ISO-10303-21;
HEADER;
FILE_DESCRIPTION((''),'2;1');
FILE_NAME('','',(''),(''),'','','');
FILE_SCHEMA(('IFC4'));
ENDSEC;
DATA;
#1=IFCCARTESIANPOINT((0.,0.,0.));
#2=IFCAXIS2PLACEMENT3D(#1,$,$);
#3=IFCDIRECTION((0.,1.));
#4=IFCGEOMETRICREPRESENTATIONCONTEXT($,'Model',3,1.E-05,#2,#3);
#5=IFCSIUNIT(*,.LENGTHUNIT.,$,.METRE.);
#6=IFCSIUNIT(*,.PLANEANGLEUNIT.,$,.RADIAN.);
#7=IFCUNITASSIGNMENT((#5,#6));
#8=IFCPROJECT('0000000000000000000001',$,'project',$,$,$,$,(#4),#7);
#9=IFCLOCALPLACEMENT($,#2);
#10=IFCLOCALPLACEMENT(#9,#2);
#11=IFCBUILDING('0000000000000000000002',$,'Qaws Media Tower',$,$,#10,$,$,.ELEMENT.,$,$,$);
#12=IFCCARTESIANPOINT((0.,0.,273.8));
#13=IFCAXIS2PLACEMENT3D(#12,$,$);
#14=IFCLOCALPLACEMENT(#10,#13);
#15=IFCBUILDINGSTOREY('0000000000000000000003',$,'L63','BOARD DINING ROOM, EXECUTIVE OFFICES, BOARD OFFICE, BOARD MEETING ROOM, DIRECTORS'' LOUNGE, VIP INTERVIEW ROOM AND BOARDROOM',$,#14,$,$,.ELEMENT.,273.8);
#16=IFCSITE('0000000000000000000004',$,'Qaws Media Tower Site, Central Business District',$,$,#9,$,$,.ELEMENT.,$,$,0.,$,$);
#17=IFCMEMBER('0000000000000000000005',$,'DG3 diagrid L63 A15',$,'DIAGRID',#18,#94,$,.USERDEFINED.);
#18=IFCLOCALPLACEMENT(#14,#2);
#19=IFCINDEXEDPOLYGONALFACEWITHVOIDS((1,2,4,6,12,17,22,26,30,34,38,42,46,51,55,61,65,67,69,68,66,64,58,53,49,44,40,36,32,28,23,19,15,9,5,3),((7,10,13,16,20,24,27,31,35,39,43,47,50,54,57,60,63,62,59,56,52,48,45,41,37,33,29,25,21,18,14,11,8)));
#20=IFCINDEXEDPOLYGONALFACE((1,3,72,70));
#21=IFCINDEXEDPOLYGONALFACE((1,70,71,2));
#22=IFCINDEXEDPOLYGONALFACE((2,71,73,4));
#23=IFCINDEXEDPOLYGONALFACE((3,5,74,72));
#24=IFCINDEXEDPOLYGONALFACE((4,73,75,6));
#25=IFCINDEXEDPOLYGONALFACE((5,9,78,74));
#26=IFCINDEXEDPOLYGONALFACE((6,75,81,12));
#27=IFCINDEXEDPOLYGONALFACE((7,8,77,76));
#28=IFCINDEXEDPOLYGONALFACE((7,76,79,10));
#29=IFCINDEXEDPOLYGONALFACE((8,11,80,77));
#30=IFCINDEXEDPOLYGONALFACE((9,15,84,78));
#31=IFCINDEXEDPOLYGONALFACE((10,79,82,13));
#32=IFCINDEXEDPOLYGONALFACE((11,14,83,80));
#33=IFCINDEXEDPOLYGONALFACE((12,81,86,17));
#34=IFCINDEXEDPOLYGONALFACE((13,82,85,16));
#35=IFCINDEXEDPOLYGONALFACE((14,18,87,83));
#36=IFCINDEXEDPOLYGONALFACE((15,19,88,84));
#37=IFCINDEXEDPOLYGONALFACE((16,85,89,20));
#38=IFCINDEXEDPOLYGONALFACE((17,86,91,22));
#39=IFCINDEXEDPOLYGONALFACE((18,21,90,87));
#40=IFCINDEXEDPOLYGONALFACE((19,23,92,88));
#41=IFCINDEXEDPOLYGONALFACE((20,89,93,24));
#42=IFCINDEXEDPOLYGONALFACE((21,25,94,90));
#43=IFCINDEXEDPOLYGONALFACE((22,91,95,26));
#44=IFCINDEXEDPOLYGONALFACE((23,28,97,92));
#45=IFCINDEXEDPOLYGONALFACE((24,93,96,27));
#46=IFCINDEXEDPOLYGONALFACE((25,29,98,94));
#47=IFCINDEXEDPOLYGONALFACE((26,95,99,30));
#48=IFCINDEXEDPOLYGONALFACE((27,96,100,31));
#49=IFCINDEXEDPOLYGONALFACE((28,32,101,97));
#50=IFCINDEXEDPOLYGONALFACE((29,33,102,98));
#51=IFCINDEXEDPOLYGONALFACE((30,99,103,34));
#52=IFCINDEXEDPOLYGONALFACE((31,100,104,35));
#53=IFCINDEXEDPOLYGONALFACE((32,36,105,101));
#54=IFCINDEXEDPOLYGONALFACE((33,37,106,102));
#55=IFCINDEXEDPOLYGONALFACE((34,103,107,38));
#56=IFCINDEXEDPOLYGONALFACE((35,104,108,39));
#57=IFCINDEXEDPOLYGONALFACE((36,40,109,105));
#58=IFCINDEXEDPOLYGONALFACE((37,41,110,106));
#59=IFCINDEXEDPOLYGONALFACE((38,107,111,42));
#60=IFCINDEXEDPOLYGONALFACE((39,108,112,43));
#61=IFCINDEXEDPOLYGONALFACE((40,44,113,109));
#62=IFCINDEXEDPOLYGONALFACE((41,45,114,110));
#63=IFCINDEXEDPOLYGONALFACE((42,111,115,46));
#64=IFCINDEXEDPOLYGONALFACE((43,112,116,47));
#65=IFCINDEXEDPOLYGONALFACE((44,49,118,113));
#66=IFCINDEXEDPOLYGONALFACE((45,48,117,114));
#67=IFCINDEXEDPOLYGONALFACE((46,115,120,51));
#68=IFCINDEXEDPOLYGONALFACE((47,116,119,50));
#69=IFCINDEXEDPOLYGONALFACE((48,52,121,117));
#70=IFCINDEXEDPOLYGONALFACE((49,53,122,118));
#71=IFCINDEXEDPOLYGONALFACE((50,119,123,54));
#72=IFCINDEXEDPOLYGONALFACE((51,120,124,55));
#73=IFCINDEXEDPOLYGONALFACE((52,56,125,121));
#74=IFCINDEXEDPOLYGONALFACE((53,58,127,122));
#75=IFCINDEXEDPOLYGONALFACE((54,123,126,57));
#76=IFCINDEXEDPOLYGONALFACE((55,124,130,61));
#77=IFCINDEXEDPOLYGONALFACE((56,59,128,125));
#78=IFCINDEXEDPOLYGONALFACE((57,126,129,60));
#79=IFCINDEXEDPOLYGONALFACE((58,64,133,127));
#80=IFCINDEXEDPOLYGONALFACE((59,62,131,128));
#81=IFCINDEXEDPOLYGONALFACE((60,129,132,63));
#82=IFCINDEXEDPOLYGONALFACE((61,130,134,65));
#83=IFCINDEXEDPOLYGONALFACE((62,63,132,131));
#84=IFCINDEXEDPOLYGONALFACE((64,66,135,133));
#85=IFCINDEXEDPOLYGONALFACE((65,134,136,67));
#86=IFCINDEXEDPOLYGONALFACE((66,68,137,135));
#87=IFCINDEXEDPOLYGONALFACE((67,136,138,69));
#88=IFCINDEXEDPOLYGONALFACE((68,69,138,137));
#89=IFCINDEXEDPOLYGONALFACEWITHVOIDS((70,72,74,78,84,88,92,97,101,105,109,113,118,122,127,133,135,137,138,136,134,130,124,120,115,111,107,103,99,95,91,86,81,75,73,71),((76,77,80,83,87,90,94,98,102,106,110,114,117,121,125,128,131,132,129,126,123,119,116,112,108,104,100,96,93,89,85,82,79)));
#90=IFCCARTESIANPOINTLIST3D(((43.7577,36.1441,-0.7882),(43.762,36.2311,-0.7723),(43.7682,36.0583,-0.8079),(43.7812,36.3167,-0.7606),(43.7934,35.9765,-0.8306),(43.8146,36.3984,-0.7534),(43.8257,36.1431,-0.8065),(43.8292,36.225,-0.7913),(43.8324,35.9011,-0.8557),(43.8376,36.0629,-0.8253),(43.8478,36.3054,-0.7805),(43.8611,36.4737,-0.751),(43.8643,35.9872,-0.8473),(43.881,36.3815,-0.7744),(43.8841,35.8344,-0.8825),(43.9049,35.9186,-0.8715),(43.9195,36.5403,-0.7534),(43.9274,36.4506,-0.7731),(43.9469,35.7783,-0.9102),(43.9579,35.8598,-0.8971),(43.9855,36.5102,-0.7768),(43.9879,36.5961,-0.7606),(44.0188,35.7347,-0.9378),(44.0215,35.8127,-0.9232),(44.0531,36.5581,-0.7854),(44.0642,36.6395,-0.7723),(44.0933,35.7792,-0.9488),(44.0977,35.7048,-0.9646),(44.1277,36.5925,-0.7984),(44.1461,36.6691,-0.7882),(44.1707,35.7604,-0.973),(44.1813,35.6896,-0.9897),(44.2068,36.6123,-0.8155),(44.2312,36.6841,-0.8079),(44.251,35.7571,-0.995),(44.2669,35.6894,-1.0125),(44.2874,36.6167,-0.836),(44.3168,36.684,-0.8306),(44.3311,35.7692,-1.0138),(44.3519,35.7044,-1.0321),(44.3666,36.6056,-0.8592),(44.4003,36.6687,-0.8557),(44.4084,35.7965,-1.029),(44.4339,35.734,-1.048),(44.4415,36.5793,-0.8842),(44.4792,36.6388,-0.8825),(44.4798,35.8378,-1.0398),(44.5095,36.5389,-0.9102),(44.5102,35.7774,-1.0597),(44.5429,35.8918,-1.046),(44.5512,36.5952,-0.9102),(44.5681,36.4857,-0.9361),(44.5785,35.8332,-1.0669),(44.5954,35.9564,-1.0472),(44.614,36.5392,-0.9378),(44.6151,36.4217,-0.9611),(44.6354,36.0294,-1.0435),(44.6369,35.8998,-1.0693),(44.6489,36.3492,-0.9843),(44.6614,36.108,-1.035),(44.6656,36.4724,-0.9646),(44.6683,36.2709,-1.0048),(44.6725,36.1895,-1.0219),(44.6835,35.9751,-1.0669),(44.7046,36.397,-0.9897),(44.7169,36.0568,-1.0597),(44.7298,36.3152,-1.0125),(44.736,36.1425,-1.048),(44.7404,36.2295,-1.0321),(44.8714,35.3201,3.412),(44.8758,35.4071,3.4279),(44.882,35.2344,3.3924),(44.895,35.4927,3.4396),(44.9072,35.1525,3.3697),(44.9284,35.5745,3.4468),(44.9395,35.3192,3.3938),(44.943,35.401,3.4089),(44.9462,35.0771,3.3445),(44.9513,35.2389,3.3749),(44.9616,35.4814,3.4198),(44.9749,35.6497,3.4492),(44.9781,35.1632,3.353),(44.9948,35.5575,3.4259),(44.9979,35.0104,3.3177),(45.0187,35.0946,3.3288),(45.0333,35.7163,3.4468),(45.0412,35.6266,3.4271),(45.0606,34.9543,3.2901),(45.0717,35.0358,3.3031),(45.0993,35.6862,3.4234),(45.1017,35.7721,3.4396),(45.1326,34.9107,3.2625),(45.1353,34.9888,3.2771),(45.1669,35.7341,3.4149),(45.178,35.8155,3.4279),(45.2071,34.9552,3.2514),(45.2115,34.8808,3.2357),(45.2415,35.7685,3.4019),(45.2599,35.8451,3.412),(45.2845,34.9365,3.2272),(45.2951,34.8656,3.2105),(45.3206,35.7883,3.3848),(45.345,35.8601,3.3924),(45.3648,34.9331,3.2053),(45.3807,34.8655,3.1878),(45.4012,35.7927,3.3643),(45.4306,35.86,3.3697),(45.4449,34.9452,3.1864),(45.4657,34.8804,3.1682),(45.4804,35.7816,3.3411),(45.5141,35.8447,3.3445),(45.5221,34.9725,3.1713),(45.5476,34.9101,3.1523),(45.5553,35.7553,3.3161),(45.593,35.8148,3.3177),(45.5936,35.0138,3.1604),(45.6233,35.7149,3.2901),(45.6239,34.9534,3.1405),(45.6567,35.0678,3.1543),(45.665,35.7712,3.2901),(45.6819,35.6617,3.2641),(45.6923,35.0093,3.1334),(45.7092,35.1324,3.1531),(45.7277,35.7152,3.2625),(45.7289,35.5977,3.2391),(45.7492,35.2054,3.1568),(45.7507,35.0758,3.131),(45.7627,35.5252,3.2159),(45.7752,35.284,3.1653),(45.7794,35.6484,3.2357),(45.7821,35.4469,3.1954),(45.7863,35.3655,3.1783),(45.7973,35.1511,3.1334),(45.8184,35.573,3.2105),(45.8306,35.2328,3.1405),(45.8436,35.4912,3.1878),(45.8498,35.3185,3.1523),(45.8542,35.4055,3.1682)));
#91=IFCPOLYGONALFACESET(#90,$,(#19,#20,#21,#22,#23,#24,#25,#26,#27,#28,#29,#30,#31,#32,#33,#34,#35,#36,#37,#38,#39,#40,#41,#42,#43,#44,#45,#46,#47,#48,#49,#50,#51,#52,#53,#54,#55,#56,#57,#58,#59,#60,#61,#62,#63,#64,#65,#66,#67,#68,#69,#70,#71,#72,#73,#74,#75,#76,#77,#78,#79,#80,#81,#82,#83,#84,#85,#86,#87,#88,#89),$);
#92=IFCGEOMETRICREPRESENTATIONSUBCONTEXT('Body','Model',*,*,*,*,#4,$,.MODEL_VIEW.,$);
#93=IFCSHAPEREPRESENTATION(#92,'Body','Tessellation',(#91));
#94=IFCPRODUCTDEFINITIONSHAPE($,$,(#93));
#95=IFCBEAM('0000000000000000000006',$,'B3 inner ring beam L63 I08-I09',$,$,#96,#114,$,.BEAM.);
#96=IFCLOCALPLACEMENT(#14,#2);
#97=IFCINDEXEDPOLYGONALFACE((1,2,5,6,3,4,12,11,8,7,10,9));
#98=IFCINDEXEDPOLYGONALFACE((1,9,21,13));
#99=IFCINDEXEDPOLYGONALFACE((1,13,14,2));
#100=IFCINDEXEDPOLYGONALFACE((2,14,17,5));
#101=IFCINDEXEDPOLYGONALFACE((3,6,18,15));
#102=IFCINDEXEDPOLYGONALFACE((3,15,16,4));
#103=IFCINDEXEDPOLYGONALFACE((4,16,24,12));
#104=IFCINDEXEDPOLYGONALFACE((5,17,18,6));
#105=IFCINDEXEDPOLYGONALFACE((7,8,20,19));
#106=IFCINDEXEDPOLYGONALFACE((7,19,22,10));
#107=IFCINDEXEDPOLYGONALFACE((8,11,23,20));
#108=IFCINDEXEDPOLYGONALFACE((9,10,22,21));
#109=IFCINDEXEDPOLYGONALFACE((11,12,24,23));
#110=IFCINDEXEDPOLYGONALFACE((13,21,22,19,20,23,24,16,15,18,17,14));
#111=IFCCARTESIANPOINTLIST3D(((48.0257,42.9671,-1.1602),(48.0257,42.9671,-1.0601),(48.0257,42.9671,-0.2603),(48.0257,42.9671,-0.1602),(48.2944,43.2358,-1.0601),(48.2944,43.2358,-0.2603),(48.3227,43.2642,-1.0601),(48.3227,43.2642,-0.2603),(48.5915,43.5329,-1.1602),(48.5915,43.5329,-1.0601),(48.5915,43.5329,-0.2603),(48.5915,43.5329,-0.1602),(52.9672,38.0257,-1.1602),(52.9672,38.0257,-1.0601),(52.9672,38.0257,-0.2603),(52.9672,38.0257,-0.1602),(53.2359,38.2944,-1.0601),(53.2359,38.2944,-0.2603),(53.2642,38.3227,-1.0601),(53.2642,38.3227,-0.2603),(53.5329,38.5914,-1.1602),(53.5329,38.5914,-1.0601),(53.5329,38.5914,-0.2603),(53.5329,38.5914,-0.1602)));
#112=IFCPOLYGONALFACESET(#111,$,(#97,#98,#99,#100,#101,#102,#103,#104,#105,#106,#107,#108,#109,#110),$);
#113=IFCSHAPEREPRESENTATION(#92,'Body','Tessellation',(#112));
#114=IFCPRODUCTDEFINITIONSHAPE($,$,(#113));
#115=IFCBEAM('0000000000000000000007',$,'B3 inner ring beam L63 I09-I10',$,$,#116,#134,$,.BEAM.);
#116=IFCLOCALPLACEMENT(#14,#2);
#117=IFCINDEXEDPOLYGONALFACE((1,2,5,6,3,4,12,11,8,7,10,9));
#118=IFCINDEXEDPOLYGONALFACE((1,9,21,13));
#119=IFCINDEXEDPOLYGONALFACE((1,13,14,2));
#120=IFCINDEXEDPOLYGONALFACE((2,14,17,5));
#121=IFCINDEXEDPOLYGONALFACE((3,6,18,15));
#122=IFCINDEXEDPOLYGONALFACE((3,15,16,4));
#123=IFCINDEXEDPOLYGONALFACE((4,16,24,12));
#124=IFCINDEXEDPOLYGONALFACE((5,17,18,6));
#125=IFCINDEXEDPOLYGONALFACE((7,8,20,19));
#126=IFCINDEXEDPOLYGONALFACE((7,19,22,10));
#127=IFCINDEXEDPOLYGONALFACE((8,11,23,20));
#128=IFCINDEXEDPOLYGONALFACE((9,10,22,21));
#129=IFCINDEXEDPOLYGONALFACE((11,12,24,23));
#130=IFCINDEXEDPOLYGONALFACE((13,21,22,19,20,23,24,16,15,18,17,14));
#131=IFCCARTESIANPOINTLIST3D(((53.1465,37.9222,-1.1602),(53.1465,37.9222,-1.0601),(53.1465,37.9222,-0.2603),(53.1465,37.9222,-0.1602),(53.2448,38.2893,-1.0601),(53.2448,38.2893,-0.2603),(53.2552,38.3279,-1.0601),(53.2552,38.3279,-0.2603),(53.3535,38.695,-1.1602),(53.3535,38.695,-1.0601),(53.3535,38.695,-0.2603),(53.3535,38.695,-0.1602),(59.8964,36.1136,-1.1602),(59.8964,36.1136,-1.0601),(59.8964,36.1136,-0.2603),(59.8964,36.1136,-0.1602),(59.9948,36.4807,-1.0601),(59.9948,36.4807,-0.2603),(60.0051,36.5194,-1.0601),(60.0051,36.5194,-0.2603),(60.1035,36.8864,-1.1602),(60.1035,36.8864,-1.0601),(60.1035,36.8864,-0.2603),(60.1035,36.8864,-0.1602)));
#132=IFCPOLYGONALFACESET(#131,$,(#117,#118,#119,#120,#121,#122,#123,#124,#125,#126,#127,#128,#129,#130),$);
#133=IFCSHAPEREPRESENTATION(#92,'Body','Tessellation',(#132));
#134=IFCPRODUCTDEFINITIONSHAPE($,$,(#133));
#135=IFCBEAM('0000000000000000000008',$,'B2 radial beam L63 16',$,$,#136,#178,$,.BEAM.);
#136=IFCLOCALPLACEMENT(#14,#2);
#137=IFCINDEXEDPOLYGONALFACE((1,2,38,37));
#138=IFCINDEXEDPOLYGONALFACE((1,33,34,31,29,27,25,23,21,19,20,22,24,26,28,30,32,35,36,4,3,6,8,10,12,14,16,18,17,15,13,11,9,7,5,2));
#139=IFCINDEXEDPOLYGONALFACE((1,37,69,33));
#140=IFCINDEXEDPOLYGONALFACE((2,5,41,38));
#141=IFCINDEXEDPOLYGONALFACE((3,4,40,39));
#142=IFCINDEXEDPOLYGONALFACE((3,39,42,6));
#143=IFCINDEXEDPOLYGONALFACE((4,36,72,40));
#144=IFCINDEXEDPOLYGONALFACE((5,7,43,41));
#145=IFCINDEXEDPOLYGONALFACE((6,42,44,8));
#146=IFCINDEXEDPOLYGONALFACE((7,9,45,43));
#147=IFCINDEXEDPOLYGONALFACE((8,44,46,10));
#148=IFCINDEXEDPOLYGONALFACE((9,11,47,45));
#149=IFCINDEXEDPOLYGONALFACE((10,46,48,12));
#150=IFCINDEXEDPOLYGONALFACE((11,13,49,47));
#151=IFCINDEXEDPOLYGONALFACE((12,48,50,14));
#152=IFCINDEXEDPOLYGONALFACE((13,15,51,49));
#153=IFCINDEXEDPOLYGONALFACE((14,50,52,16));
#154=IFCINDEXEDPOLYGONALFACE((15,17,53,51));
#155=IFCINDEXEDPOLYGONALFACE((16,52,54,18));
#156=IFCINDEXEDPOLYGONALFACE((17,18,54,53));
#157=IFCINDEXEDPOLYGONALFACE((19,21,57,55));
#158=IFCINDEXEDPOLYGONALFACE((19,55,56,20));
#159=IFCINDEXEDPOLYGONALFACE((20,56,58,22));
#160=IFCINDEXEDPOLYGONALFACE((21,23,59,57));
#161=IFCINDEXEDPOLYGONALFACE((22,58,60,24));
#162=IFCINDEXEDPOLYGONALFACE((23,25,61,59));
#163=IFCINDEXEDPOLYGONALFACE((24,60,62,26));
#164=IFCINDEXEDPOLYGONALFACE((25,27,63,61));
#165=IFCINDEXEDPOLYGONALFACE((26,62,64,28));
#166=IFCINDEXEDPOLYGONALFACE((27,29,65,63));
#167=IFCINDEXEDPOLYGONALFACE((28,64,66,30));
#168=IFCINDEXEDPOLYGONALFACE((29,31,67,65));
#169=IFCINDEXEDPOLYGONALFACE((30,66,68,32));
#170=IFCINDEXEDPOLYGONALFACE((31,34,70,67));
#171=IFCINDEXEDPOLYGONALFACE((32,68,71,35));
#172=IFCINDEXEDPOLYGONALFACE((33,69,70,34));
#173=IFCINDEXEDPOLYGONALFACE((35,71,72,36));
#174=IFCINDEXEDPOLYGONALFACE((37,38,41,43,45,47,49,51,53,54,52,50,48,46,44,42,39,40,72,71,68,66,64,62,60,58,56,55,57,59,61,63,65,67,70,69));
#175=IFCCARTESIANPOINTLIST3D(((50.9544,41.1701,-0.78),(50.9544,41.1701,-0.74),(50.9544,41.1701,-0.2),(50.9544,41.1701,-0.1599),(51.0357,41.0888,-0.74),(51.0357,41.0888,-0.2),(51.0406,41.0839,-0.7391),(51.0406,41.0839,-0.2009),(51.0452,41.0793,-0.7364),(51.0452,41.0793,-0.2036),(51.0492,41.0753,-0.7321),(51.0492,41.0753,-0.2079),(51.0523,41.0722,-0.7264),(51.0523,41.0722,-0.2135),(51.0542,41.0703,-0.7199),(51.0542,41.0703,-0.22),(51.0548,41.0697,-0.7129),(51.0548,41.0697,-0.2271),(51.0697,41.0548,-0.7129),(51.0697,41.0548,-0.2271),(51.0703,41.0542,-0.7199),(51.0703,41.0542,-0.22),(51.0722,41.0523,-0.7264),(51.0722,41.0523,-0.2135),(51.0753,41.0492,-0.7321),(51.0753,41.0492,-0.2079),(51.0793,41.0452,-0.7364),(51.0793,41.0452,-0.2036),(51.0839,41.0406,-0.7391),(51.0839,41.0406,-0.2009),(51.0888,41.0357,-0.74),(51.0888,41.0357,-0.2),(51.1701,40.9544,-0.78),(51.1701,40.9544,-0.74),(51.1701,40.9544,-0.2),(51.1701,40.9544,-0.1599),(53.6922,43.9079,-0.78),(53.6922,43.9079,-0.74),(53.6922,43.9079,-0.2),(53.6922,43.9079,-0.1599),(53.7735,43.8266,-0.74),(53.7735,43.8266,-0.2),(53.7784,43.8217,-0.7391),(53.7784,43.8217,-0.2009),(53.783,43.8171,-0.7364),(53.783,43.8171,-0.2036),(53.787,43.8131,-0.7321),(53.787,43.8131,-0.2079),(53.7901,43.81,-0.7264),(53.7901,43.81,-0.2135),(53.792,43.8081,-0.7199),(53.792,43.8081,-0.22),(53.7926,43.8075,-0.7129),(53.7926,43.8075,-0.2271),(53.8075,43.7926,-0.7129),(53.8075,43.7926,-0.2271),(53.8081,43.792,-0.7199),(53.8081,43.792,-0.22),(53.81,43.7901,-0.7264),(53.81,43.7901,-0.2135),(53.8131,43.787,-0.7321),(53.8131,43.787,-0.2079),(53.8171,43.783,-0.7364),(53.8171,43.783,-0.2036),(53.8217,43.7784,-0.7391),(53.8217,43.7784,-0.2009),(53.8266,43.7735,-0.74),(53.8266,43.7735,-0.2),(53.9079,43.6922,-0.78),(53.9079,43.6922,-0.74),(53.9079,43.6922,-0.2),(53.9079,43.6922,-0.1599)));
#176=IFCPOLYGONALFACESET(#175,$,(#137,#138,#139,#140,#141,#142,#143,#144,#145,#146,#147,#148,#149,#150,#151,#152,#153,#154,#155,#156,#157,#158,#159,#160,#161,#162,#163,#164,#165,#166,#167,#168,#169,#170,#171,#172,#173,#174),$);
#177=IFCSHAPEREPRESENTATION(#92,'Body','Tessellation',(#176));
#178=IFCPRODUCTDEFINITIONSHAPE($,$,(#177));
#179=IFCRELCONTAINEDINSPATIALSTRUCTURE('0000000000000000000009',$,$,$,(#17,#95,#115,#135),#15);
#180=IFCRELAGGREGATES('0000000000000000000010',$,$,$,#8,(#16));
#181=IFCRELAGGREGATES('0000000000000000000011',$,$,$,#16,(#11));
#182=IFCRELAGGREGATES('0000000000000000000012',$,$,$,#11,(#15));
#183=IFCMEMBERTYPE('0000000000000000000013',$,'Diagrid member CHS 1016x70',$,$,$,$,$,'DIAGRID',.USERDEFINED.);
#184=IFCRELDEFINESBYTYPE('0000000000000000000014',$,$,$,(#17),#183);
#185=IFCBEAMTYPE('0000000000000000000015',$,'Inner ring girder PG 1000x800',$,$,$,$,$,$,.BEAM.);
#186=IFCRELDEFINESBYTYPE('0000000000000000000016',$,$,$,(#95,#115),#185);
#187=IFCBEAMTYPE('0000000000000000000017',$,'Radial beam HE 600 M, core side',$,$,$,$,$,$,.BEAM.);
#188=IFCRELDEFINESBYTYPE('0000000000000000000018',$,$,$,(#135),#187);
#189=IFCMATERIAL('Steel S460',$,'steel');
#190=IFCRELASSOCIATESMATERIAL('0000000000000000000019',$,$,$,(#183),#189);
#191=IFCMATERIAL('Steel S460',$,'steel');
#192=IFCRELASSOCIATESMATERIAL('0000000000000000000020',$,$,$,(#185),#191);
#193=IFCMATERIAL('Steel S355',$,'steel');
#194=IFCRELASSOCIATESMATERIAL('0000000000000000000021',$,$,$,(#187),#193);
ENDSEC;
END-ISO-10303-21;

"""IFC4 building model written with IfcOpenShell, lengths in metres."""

from ifc_helpers import new_model, si_unit, direction, frame, origin, origin_2d, place, context, subcontext, project, spatial, hollow_circle, i_section, extrude, material, material_profile, profile_set, type_object, element, save


model = new_model("IFC4")

# Units and contexts
model_context = context("Model", 3, precision=1e-05, world=origin(), true_north=direction((0.0, 1.0)))
body_context = subcontext(model_context, "Body", "Model", "MODEL_VIEW")
ifc_project = project(units=[si_unit("LENGTHUNIT", "METRE"), si_unit("PLANEANGLEUNIT", "RADIAN")], contexts=[model_context])

# Site, building, storey
site_placement = place(None, origin())
site = spatial("IfcSite", under=ifc_project, at=site_placement, Name="Qaws Media Tower Site, Central Business District", CompositionType="ELEMENT", RefElevation=0.0)
building_placement = place(site_placement, origin())
building = spatial("IfcBuilding", under=site, at=building_placement, Name="Qaws Media Tower", CompositionType="ELEMENT")
storey_placement = place(building_placement, frame((0.0, 0.0, 273.8)))
storey = spatial("IfcBuildingStorey", under=building, at=storey_placement, Name="L63", Description="BOARD DINING ROOM, EXECUTIVE OFFICES, BOARD OFFICE, BOARD MEETING ROOM, DIRECTORS' LOUNGE, VIP INTERVIEW ROOM AND BOARDROOM", CompositionType="ELEMENT", Elevation=273.8)

# Member
ifc_material_1 = material(Name="Steel S460", Category="steel")
ifc_material_profile_1 = material_profile(ifc_material_1, hollow_circle(Radius=0.5081, WallThickness=0.0701, at=origin_2d()), Name="CHS 1016x70")
ifc_profile_set_1 = profile_set([ifc_material_profile_1], Name="Steel S460")
member_type_1 = type_object("IfcMemberType", Name="Diagrid member CHS 1016x70", ElementType="DIAGRID", PredefinedType="USERDEFINED", material=ifc_profile_set_1)
member_1_placement = place(storey_placement, frame((44.249, 36.1868, -0.9102), z_axis=(0.251825, -0.186302, 0.949671), x_axis=(0.594743, 0.803916, 0.0)))
element("IfcMember", 1, at=member_1_placement, inside=storey, type_object=member_type_1, Name="DG3 diagrid L63 A15", ObjectType="DIAGRID", PredefinedType="USERDEFINED", context=body_context, shape_type="SweptSolid", body=[
    extrude(hollow_circle(Radius=0.5081, WallThickness=0.0701, at=origin_2d()), origin(), (0.0, 0.0, 1.0), 4.4229),
])

# Beams
ifc_material_2 = material(Name="Steel S460", Category="steel")
ifc_material_profile_2 = material_profile(ifc_material_2, i_section(OverallWidth=0.8, OverallDepth=1.0, WebThickness=0.04, FlangeThickness=0.1001, at=origin_2d()), Name="PG 1000x800")
ifc_profile_set_2 = profile_set([ifc_material_profile_2], Name="Steel S460")
beam_type_1 = type_object("IfcBeamType", Name="Inner ring girder PG 1000x800", PredefinedType="BEAM", material=ifc_profile_set_2)
beam_1_placement = place(storey_placement, frame((48.3086, 43.25, -0.6602), z_axis=(0.707107, -0.707107, 0.0), x_axis=(0.707107, 0.707107, 0.0)))
element("IfcBeam", 2, at=beam_1_placement, inside=storey, type_object=beam_type_1, Name="B3 inner ring beam L63 I08-I09", PredefinedType="BEAM", context=body_context, shape_type="SweptSolid", body=[
    extrude(i_section(OverallWidth=0.8, OverallDepth=1.0, WebThickness=0.04, FlangeThickness=0.1001, at=origin_2d()), origin(), (0.0, 0.0, 1.0), 6.9883),
])
beam_2_placement = place(storey_placement, frame((53.25, 38.3086, -0.6602), z_axis=(0.965928, -0.258811, 0.0), x_axis=(0.258811, 0.965928, 0.0)))
element("IfcBeam", 3, at=beam_2_placement, inside=storey, type_object=beam_type_1, Name="B3 inner ring beam L63 I09-I10", PredefinedType="BEAM", context=body_context, shape_type="SweptSolid", body=[
    extrude(i_section(OverallWidth=0.8, OverallDepth=1.0, WebThickness=0.04, FlangeThickness=0.1001, at=origin_2d()), origin(), (0.0, 0.0, 1.0), 6.988),
])
ifc_material_3 = material(Name="Steel S355", Category="steel")
ifc_material_profile_3 = material_profile(ifc_material_3, i_section(OverallWidth=0.3049, OverallDepth=0.6201, WebThickness=0.021, FlangeThickness=0.04, FilletRadius=0.0271, at=origin_2d()), Name="HE 600 M")
ifc_profile_set_3 = profile_set([ifc_material_profile_3], Name="Steel S355")
beam_type_2 = type_object("IfcBeamType", Name="Radial beam HE 600 M, core side", PredefinedType="BEAM", material=ifc_profile_set_3)
beam_3_placement = place(storey_placement, frame((53.8, 43.8, -0.47), z_axis=(-0.707107, -0.707107, 0.0), x_axis=(0.707107, -0.707107, 0.0)))
element("IfcBeam", 4, at=beam_3_placement, inside=storey, type_object=beam_type_2, Name="B2 radial beam L63 16", PredefinedType="BEAM", context=body_context, shape_type="SweptSolid", body=[
    extrude(i_section(OverallWidth=0.3049, OverallDepth=0.6201, WebThickness=0.021, FlangeThickness=0.04, FilletRadius=0.0271, at=origin_2d()), origin(), (0.0, 0.0, 1.0), 3.8718),
])

save(model, "model.ifc")
